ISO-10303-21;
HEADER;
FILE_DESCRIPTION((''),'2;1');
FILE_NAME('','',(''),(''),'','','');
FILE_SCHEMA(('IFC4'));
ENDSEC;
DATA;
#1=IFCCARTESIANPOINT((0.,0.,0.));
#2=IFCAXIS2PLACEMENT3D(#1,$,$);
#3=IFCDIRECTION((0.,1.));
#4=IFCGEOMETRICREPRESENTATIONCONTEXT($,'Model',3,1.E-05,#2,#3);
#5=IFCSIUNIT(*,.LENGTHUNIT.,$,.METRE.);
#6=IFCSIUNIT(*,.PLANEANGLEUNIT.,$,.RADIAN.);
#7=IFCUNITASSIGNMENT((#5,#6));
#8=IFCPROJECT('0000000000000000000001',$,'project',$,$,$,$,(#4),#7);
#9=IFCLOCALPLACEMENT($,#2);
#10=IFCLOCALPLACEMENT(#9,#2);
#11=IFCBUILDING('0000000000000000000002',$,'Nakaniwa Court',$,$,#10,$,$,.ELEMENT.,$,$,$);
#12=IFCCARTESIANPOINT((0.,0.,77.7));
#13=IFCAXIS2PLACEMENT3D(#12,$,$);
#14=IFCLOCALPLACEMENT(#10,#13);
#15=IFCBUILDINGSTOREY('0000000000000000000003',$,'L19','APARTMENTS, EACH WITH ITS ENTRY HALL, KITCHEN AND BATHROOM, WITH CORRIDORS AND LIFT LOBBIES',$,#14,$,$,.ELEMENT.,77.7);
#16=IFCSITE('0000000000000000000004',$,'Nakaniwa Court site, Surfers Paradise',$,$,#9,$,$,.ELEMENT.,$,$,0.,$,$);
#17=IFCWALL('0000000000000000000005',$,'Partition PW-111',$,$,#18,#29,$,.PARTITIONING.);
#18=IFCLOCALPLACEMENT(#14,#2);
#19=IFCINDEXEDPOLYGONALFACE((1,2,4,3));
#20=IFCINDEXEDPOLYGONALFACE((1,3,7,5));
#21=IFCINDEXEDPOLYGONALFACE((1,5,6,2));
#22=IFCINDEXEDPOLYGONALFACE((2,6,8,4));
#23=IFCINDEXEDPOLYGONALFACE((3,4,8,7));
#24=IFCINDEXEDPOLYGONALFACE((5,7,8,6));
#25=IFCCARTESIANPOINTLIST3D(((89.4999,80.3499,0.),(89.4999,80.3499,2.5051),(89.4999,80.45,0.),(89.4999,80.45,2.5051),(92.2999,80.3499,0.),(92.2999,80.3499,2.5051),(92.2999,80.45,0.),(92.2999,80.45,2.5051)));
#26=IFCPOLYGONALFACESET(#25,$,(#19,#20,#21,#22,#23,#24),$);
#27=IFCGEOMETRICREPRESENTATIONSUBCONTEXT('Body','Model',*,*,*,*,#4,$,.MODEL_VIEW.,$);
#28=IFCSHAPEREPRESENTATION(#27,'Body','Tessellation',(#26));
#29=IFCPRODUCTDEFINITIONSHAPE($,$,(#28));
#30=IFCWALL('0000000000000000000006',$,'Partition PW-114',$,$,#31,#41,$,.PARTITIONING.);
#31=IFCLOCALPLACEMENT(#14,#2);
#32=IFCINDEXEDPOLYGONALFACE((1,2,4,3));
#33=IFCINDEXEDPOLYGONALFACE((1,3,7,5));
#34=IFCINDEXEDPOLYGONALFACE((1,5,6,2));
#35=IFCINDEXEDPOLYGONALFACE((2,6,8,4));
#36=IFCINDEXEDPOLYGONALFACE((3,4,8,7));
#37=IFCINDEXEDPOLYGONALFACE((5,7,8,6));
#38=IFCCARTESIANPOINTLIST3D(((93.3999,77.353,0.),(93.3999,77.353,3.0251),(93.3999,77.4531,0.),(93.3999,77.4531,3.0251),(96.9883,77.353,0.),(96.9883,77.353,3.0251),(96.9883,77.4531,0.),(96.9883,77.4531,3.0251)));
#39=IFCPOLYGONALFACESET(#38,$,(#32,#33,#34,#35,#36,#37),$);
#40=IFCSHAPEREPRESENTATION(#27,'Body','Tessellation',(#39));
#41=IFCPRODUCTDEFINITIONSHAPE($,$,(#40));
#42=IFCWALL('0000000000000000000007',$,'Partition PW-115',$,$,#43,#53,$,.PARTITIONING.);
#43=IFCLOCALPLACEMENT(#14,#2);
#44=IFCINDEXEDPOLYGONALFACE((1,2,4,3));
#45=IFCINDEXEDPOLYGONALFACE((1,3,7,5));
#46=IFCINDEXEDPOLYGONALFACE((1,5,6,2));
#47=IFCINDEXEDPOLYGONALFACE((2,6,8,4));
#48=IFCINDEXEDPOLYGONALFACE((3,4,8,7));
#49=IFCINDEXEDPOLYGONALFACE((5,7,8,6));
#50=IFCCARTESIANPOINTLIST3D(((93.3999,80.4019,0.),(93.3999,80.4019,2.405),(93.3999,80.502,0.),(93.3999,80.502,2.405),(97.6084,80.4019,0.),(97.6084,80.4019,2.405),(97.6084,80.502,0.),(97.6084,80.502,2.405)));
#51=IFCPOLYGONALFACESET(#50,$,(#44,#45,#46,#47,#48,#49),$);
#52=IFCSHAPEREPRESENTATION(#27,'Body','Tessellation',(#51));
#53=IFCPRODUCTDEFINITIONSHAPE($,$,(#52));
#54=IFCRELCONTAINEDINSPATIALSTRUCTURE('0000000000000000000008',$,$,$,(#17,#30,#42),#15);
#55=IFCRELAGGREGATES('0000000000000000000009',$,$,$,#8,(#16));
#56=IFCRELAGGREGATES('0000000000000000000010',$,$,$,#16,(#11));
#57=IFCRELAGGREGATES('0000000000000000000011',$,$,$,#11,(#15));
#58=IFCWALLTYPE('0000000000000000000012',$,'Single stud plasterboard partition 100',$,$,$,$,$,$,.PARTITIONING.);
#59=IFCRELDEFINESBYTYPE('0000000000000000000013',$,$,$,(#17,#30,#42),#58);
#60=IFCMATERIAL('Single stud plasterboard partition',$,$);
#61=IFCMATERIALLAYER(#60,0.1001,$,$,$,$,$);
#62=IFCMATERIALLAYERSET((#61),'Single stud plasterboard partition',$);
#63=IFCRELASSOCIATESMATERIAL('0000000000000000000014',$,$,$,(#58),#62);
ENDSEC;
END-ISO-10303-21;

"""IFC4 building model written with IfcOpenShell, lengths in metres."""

from ifc_helpers import new_model, si_unit, direction, frame, frame_2d, origin, place, context, subcontext, project, spatial, rectangle, extrude, material, layer, layer_set, type_object, element, save


model = new_model("IFC4")

# Units and contexts
model_context = context("Model", 3, precision=1e-05, world=origin(), true_north=direction((0.0, 1.0)))
body_context = subcontext(model_context, "Body", "Model", "MODEL_VIEW")
ifc_project = project(units=[si_unit("LENGTHUNIT", "METRE"), si_unit("PLANEANGLEUNIT", "RADIAN")], contexts=[model_context])

# Site, building, storey
site_placement = place(None, origin())
site = spatial("IfcSite", under=ifc_project, at=site_placement, Name="Nakaniwa Court site, Surfers Paradise", CompositionType="ELEMENT", RefElevation=0.0)
building_placement = place(site_placement, origin())
building = spatial("IfcBuilding", under=site, at=building_placement, Name="Nakaniwa Court", CompositionType="ELEMENT")
storey_placement = place(building_placement, frame((0.0, 0.0, 77.7)))
storey = spatial("IfcBuildingStorey", under=building, at=storey_placement, Name="L19", Description="APARTMENTS, EACH WITH ITS ENTRY HALL, KITCHEN AND BATHROOM, WITH CORRIDORS AND LIFT LOBBIES", CompositionType="ELEMENT", Elevation=77.7)

# Shared definitions
ifc_material_1 = material(Name="Single stud plasterboard partition")
ifc_layer_1 = layer(ifc_material_1, 0.1001)
ifc_layer_set_1 = layer_set([ifc_layer_1], Name="Single stud plasterboard partition")
wall_type_1 = type_object("IfcWallType", Name="Single stud plasterboard partition 100", PredefinedType="PARTITIONING", material=ifc_layer_set_1)

# Walls
wall_1_placement = place(storey_placement, frame((89.5, 80.3999, 0.0), z_axis=(0.0, 0.0, 1.0), x_axis=(1.0, 0.0, 0.0)))
element("IfcWall", 1, at=wall_1_placement, inside=storey, type_object=wall_type_1, Name="Partition PW-111", PredefinedType="PARTITIONING", context=body_context, shape_type="SweptSolid", body=[
    extrude(rectangle(XDim=2.8, YDim=0.1001, at=frame_2d((1.3999, 0.0))), origin(), (0.0, 0.0, 1.0), 2.5051),
])
wall_2_placement = place(storey_placement, frame((93.3999, 77.4031, 0.0), z_axis=(0.0, 0.0, 1.0), x_axis=(1.0, 0.0, 0.0)))
element("IfcWall", 2, at=wall_2_placement, inside=storey, type_object=wall_type_1, Name="Partition PW-114", PredefinedType="PARTITIONING", context=body_context, shape_type="SweptSolid", body=[
    extrude(rectangle(XDim=3.5884, YDim=0.1001, at=frame_2d((1.7942, 0.0))), origin(), (0.0, 0.0, 1.0), 3.0251),
])
wall_3_placement = place(storey_placement, frame((93.3999, 80.4519, 0.0), z_axis=(0.0, 0.0, 1.0), x_axis=(1.0, 0.0, 0.0)))
element("IfcWall", 3, at=wall_3_placement, inside=storey, type_object=wall_type_1, Name="Partition PW-115", PredefinedType="PARTITIONING", context=body_context, shape_type="SweptSolid", body=[
    extrude(rectangle(XDim=4.2085, YDim=0.1001, at=frame_2d((2.1042, 0.0))), origin(), (0.0, 0.0, 1.0), 2.405),
])

save(model, "model.ifc")
